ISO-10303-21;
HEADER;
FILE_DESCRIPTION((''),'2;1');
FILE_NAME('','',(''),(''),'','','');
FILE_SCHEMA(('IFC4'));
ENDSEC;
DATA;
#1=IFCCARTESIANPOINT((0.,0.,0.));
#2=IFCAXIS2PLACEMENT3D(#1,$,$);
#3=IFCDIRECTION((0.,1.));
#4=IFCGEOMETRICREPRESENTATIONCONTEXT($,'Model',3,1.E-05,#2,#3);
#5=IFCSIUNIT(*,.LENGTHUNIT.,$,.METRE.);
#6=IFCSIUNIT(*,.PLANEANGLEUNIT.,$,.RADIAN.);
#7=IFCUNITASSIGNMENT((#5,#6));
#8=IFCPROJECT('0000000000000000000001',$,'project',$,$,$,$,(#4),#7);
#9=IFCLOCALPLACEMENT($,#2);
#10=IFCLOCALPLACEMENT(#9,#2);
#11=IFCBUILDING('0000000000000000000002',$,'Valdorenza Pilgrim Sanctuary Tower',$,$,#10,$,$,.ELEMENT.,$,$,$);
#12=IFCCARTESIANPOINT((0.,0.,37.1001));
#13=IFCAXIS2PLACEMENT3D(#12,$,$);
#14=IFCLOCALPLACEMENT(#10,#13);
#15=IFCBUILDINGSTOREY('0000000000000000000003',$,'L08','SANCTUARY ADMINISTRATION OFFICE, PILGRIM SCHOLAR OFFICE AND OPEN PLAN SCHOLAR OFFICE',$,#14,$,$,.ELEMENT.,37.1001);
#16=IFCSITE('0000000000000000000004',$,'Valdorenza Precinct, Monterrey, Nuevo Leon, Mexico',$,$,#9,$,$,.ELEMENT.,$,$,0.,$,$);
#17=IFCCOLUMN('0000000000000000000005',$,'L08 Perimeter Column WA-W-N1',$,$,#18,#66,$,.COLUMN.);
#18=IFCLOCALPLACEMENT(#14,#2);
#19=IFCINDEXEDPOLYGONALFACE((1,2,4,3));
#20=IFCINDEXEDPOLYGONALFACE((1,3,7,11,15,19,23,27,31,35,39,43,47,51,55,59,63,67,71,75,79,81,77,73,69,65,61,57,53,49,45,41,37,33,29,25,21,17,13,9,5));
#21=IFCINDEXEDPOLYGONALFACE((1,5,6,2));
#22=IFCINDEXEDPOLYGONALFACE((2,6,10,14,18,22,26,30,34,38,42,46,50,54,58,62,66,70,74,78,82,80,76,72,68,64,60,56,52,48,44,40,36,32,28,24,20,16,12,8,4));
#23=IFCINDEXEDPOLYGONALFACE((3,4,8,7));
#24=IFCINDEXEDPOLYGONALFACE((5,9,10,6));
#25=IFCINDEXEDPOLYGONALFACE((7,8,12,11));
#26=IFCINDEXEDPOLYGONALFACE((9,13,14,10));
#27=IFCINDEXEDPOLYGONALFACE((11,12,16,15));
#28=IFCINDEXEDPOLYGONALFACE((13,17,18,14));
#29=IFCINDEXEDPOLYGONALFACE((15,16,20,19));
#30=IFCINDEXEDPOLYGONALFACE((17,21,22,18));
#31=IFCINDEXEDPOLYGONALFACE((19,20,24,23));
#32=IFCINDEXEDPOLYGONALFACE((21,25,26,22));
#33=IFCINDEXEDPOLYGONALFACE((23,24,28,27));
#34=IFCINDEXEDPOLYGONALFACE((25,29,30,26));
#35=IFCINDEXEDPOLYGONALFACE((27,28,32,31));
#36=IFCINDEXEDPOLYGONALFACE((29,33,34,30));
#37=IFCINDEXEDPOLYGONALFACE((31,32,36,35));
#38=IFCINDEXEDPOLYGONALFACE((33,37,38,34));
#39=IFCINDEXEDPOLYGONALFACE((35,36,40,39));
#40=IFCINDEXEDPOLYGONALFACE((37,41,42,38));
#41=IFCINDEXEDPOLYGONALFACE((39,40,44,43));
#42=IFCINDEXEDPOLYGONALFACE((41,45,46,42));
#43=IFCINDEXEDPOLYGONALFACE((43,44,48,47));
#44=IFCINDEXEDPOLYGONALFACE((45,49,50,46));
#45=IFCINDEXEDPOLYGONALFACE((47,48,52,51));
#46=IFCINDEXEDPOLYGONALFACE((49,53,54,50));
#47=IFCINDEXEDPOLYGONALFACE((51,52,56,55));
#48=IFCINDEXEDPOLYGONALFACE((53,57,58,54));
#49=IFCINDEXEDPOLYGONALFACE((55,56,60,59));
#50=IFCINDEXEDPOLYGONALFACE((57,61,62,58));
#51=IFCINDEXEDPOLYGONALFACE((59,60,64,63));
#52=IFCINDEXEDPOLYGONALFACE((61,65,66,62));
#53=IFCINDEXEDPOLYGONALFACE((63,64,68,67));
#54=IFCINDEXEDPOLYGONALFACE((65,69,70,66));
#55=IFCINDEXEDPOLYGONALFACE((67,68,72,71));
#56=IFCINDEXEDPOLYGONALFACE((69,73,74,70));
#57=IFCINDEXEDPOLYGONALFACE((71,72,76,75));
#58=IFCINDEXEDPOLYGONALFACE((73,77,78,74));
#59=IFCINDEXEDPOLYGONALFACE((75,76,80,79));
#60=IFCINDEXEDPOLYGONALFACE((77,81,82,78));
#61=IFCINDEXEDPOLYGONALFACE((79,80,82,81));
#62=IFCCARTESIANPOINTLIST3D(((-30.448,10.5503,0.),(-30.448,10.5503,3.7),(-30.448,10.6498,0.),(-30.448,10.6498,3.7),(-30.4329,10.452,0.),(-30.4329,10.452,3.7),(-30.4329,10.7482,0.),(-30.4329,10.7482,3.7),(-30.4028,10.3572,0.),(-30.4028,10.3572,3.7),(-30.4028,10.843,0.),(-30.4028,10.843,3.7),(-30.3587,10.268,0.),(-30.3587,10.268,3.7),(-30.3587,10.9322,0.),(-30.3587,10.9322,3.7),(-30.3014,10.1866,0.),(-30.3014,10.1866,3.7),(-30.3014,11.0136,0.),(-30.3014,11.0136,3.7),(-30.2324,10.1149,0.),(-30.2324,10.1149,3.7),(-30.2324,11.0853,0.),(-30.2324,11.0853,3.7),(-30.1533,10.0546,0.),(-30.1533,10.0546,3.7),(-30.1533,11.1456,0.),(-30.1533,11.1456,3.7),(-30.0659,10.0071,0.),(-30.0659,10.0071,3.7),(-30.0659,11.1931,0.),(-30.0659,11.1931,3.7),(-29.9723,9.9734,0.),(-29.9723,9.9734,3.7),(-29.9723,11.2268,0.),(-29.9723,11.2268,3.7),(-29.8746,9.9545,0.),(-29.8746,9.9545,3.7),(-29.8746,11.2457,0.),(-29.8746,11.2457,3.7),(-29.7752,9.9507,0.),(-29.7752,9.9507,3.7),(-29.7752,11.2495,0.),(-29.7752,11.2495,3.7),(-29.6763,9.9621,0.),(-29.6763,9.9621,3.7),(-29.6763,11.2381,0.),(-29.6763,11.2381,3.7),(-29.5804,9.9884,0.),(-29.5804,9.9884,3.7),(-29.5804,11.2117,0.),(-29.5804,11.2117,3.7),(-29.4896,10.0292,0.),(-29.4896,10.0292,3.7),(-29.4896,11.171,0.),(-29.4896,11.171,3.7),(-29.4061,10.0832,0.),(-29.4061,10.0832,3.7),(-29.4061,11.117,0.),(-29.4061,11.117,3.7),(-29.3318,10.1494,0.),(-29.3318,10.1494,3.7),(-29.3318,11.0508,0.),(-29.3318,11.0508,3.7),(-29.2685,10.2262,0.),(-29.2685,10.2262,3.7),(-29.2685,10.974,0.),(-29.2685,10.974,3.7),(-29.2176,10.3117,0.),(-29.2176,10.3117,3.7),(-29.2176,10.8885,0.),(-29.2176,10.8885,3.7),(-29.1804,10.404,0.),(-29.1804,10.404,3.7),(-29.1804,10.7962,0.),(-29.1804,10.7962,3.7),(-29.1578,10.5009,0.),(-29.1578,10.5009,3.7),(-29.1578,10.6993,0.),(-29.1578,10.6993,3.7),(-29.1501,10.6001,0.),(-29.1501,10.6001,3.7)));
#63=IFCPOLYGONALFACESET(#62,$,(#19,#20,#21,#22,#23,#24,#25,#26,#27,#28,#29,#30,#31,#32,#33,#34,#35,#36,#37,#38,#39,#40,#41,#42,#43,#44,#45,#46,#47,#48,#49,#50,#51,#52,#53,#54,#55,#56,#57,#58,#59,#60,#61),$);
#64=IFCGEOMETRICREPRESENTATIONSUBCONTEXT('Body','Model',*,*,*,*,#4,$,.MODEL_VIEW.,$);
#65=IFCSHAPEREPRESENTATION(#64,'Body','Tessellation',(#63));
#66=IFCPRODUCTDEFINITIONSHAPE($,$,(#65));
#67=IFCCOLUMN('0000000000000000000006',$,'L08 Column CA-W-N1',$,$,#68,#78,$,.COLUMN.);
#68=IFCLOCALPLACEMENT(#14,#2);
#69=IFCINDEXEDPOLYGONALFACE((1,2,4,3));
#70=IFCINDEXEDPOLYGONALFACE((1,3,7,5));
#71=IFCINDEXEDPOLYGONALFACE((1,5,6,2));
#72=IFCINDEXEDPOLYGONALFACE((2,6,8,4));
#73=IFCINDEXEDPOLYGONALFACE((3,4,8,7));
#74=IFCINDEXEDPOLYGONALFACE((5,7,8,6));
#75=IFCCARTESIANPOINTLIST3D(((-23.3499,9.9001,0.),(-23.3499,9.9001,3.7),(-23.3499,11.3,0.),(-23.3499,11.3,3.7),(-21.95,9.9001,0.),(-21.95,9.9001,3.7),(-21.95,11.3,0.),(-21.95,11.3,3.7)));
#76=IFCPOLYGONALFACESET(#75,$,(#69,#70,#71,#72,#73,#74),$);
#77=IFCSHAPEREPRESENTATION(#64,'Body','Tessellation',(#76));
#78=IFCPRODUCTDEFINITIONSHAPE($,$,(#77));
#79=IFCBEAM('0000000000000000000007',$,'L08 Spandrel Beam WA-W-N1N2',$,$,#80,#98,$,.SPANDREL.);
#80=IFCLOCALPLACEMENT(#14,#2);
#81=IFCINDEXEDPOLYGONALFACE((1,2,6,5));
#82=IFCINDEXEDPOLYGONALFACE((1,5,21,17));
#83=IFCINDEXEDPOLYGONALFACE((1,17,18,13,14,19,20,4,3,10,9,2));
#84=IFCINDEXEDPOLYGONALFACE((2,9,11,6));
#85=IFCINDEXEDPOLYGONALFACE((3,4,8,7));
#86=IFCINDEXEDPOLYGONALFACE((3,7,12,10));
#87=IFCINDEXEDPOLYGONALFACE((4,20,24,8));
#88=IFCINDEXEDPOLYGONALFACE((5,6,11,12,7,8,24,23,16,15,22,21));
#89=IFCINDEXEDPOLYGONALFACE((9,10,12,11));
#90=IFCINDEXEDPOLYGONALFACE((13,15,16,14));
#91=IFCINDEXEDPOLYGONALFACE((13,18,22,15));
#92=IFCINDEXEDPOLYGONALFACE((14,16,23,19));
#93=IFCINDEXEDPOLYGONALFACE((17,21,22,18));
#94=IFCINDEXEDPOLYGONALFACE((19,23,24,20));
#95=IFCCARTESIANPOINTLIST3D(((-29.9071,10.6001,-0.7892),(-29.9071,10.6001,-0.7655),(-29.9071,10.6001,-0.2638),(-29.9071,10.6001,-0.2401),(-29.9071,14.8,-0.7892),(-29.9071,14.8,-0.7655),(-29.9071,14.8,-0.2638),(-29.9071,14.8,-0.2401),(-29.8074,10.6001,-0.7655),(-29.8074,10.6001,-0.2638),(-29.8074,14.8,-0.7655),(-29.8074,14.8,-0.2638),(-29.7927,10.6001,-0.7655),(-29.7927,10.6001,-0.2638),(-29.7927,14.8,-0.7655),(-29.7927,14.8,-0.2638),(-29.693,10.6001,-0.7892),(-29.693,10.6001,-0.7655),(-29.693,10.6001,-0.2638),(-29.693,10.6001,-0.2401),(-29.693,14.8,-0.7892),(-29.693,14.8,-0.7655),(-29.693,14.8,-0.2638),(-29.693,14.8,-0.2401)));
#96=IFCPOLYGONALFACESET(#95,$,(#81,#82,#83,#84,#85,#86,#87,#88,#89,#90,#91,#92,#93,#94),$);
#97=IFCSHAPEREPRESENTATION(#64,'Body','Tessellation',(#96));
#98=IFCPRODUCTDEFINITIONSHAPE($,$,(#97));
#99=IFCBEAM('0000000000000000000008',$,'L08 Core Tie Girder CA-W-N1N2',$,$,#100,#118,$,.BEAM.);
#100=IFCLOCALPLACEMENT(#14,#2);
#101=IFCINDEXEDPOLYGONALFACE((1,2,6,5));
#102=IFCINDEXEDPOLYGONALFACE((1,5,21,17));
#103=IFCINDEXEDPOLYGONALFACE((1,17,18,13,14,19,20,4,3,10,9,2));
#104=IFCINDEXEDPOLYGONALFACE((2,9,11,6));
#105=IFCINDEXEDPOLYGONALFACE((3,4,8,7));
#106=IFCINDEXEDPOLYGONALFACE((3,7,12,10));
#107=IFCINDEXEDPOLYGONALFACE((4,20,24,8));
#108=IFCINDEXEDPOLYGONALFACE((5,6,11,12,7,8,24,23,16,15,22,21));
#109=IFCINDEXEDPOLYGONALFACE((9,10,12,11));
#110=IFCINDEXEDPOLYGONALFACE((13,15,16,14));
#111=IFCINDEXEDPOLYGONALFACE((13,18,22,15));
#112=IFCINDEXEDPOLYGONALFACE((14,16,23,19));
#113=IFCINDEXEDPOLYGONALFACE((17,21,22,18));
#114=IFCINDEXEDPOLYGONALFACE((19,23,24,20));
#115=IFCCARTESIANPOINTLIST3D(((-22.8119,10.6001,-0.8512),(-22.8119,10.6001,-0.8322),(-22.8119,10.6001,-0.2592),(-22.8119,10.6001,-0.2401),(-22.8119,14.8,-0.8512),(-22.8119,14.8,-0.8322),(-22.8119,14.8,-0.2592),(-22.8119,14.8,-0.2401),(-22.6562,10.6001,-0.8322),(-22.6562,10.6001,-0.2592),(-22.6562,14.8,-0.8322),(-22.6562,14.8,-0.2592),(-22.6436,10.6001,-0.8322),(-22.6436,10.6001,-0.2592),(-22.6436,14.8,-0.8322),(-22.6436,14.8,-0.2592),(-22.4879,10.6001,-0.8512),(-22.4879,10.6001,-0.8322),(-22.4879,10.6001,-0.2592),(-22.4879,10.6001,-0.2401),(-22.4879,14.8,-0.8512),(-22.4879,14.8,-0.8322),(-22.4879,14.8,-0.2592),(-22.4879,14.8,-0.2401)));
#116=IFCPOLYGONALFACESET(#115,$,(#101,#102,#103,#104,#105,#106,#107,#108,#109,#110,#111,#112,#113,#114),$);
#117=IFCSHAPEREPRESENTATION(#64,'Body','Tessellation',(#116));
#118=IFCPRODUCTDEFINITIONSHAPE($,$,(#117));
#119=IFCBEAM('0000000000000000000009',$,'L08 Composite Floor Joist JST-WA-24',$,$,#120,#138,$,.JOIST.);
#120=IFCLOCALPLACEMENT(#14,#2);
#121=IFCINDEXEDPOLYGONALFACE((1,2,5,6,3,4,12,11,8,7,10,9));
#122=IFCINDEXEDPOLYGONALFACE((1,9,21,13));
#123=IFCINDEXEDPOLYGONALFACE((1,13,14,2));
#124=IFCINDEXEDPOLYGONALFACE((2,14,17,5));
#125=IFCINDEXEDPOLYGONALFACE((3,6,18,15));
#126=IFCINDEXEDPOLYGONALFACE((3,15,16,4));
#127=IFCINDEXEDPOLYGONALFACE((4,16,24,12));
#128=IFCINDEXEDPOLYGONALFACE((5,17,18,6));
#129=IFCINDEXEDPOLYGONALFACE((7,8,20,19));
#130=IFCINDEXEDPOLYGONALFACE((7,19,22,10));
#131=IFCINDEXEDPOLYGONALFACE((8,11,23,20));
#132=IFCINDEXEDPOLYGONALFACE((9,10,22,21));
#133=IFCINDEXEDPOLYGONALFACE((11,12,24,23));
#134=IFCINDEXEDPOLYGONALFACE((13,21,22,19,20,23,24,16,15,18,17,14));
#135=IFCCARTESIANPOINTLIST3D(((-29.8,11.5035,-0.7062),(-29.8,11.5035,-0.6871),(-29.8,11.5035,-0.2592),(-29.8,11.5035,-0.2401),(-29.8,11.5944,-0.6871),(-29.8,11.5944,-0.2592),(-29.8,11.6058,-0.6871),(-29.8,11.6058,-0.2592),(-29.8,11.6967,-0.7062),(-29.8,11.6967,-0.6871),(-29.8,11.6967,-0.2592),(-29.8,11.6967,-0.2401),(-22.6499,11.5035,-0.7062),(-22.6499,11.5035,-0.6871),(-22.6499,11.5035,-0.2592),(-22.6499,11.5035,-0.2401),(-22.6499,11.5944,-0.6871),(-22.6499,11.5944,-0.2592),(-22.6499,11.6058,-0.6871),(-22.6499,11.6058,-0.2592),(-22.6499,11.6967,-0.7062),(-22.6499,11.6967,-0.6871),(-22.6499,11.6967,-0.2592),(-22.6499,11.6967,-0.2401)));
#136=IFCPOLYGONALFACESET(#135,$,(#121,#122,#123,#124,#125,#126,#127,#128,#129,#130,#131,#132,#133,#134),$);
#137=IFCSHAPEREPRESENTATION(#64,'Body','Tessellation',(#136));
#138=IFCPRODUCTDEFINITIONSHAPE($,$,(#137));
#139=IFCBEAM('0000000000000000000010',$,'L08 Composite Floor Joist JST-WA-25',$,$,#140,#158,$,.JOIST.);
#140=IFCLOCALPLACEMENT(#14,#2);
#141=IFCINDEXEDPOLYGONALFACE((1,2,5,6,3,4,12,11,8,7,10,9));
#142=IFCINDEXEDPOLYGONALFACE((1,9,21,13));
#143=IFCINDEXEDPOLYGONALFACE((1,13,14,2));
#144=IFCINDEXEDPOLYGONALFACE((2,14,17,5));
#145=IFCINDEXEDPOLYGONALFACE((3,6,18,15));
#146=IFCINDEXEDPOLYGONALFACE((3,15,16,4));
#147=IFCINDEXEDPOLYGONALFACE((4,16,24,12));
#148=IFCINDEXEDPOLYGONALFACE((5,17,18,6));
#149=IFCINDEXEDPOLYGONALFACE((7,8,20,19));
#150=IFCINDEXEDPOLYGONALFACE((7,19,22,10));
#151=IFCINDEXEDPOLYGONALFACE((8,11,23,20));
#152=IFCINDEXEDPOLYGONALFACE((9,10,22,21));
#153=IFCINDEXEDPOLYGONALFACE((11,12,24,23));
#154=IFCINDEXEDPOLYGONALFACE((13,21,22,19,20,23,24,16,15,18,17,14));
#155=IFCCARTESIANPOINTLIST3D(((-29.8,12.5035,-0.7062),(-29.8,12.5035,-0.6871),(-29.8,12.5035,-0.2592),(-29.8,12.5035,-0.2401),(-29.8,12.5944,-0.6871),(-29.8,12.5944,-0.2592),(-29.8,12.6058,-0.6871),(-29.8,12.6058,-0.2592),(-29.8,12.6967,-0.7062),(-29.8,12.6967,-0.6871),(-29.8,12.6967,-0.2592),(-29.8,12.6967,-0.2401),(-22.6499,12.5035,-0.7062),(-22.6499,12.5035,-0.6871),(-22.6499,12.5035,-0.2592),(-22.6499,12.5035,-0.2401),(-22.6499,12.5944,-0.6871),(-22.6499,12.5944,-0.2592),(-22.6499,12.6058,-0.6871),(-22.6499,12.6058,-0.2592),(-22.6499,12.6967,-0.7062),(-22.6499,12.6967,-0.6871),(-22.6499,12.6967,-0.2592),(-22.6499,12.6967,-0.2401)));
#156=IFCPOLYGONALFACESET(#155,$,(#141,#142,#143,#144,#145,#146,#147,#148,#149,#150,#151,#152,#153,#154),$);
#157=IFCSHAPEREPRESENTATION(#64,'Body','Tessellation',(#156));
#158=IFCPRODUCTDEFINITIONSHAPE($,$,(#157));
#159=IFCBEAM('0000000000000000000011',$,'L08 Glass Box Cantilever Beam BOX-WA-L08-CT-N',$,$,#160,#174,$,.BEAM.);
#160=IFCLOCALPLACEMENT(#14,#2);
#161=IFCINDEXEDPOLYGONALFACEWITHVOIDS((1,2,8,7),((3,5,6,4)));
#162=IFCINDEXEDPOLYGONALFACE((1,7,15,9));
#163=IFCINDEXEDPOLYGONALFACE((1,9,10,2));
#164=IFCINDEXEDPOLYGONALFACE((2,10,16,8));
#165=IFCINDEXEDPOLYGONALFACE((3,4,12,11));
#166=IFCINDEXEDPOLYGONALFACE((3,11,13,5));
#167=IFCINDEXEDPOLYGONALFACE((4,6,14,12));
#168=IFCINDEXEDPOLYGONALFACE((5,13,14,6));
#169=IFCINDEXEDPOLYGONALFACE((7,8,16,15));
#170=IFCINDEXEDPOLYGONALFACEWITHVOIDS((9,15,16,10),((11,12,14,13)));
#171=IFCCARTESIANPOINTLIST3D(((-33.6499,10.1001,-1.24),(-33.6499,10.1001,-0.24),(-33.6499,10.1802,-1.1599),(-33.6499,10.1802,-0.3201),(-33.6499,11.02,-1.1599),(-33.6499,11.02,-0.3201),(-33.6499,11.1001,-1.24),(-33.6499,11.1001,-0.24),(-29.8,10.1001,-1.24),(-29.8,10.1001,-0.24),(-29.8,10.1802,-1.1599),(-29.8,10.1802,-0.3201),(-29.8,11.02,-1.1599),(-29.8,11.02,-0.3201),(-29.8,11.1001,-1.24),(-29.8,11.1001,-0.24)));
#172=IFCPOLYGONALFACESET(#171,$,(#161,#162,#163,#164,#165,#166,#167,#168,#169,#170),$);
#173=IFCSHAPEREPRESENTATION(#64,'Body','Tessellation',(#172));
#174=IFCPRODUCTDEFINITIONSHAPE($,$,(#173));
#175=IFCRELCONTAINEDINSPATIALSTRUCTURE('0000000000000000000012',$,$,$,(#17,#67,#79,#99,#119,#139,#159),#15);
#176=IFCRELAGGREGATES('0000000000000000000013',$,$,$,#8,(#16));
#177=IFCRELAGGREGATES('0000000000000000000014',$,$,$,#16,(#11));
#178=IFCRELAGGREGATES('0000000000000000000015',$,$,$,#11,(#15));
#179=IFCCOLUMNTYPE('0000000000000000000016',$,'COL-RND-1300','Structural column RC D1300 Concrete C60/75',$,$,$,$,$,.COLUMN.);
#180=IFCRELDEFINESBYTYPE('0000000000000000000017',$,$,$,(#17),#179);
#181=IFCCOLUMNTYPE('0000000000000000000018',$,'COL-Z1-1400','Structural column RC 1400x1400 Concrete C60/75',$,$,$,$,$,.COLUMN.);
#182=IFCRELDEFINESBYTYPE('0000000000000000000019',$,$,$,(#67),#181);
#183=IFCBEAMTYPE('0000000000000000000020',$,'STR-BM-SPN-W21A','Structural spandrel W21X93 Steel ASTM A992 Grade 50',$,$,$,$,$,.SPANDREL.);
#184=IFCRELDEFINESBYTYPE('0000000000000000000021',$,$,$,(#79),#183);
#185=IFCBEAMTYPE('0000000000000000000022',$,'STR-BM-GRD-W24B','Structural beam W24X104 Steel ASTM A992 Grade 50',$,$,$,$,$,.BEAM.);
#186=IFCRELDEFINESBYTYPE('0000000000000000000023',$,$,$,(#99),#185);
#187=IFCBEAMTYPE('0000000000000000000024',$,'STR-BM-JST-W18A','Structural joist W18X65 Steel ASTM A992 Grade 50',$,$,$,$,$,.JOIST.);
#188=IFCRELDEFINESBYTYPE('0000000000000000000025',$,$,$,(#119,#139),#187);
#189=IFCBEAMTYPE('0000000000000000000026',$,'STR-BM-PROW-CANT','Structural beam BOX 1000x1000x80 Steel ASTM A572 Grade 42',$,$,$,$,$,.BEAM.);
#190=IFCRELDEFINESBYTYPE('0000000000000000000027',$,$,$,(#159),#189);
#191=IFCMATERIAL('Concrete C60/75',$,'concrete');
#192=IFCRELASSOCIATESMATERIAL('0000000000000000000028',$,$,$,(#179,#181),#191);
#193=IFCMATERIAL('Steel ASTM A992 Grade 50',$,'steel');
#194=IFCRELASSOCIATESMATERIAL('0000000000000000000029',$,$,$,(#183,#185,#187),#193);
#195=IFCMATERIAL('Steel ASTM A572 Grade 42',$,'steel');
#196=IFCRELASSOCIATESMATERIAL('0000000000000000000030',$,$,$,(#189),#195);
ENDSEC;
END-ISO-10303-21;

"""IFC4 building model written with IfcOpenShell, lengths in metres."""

from ifc_helpers import new_model, si_unit, direction, frame, origin, origin_2d, place, context, subcontext, project, spatial, rectangle, hollow_rectangle, circle, i_section, extrude, source, transform, mapped, material, material_profile, profile_set, type_object, element, save


model = new_model("IFC4")

# Units and contexts
model_context = context("Model", 3, precision=1e-05, world=origin(), true_north=direction((0.0, 1.0)))
body_context = subcontext(model_context, "Body", "Model", "MODEL_VIEW")
ifc_project = project(units=[si_unit("LENGTHUNIT", "METRE"), si_unit("PLANEANGLEUNIT", "RADIAN")], contexts=[model_context])

# Site, building, storey
site_placement = place(None, origin())
site = spatial("IfcSite", under=ifc_project, at=site_placement, Name="Valdorenza Precinct, Monterrey, Nuevo Leon, Mexico", CompositionType="ELEMENT", RefElevation=0.0)
building_placement = place(site_placement, origin())
building = spatial("IfcBuilding", under=site, at=building_placement, Name="Valdorenza Pilgrim Sanctuary Tower", CompositionType="ELEMENT")
storey_placement = place(building_placement, frame((0.0, 0.0, 37.1001)))
storey = spatial("IfcBuildingStorey", under=building, at=storey_placement, Name="L08", Description="SANCTUARY ADMINISTRATION OFFICE, PILGRIM SCHOLAR OFFICE AND OPEN PLAN SCHOLAR OFFICE", CompositionType="ELEMENT", Elevation=37.1001)

# Columns
ifc_material_1 = material(Name="Concrete C60/75", Category="concrete")
ifc_material_profile_1 = material_profile(ifc_material_1, circle(Radius=0.6499, at=origin_2d()), Name="RC D1300")
ifc_profile_set_1 = profile_set([ifc_material_profile_1], Name="Concrete C60/75")
column_type_1 = type_object("IfcColumnType", Name="COL-RND-1300", Description="Structural column RC D1300 Concrete C60/75", PredefinedType="COLUMN", material=ifc_profile_set_1)
shared_shape_1 = source(origin(), body_context, "Body", "SweptSolid", [
    extrude(circle(Radius=0.6499, at=origin_2d()), origin(), (0.0, 0.0, 1.0), 3.7),
])
column_1_placement = place(storey_placement, frame((-29.8, 10.6001, 0.0), z_axis=(0.0, 0.0, 1.0), x_axis=(1.0, 0.0, 0.0)))
element("IfcColumn", 1, at=column_1_placement, inside=storey, type_object=column_type_1, Name="L08 Perimeter Column WA-W-N1", PredefinedType="COLUMN", context=body_context, shape_type="MappedRepresentation", body=[
    mapped(shared_shape_1, transform((0.0, 0.0, 0.0), x_axis=(1.0, 0.0, 0.0), y_axis=(0.0, 1.0, 0.0), z_axis=(0.0, 0.0, 1.0), scale=1.0)),
])
ifc_material_profile_2 = material_profile(ifc_material_1, rectangle(XDim=1.3999, YDim=1.3999, at=origin_2d()), Name="RC 1400x1400")
ifc_profile_set_2 = profile_set([ifc_material_profile_2], Name="Concrete C60/75")
column_type_2 = type_object("IfcColumnType", Name="COL-Z1-1400", Description="Structural column RC 1400x1400 Concrete C60/75", PredefinedType="COLUMN", material=ifc_profile_set_2)
shared_shape_2 = source(origin(), body_context, "Body", "SweptSolid", [
    extrude(rectangle(XDim=1.3999, YDim=1.3999, at=origin_2d()), origin(), (0.0, 0.0, 1.0), 3.7),
])
column_2_placement = place(storey_placement, frame((-22.6499, 10.6001, 0.0), z_axis=(0.0, 0.0, 1.0), x_axis=(1.0, 0.0, 0.0)))
element("IfcColumn", 2, at=column_2_placement, inside=storey, type_object=column_type_2, Name="L08 Column CA-W-N1", PredefinedType="COLUMN", context=body_context, shape_type="MappedRepresentation", body=[
    mapped(shared_shape_2, transform((0.0, 0.0, 0.0), x_axis=(1.0, 0.0, 0.0), y_axis=(0.0, 1.0, 0.0), z_axis=(0.0, 0.0, 1.0), scale=1.0)),
])

# Beams
ifc_material_2 = material(Name="Steel ASTM A992 Grade 50", Category="steel")
ifc_material_profile_3 = material_profile(ifc_material_2, i_section(OverallWidth=0.2141, OverallDepth=0.5491, WebThickness=0.0146, FlangeThickness=0.0237, at=origin_2d()), Name="W21X93")
ifc_profile_set_3 = profile_set([ifc_material_profile_3], Name="Steel ASTM A992 Grade 50")
beam_type_1 = type_object("IfcBeamType", Name="STR-BM-SPN-W21A", Description="Structural spandrel W21X93 Steel ASTM A992 Grade 50", PredefinedType="SPANDREL", material=ifc_profile_set_3)
shared_shape_3 = source(origin(), body_context, "Body", "SweptSolid", [
    extrude(i_section(OverallWidth=0.2141, OverallDepth=0.5491, WebThickness=0.0146, FlangeThickness=0.0237, at=origin_2d()), origin(), (0.0, 0.0, 1.0), 4.2),
])
beam_1_placement = place(storey_placement, frame((-29.8, 10.6001, -0.5146), z_axis=(0.0, 1.0, 0.0), x_axis=(-1.0, 0.0, 0.0)))
element("IfcBeam", 3, at=beam_1_placement, inside=storey, type_object=beam_type_1, Name="L08 Spandrel Beam WA-W-N1N2", PredefinedType="SPANDREL", context=body_context, shape_type="MappedRepresentation", body=[
    mapped(shared_shape_3, transform((0.0, 0.0, 0.0), x_axis=(1.0, 0.0, 0.0), y_axis=(0.0, 1.0, 0.0), z_axis=(0.0, 0.0, 1.0), scale=1.0)),
])
ifc_material_profile_4 = material_profile(ifc_material_2, i_section(OverallWidth=0.324, OverallDepth=0.6111, WebThickness=0.0127, FlangeThickness=0.019, at=origin_2d()), Name="W24X104")
ifc_profile_set_4 = profile_set([ifc_material_profile_4], Name="Steel ASTM A992 Grade 50")
beam_type_2 = type_object("IfcBeamType", Name="STR-BM-GRD-W24B", Description="Structural beam W24X104 Steel ASTM A992 Grade 50", PredefinedType="BEAM", material=ifc_profile_set_4)
shared_shape_4 = source(origin(), body_context, "Body", "SweptSolid", [
    extrude(i_section(OverallWidth=0.324, OverallDepth=0.6111, WebThickness=0.0127, FlangeThickness=0.019, at=origin_2d()), origin(), (0.0, 0.0, 1.0), 4.2),
])
beam_2_placement = place(storey_placement, frame((-22.6499, 10.6001, -0.5457), z_axis=(0.0, 1.0, 0.0), x_axis=(-1.0, 0.0, 0.0)))
element("IfcBeam", 4, at=beam_2_placement, inside=storey, type_object=beam_type_2, Name="L08 Core Tie Girder CA-W-N1N2", PredefinedType="BEAM", context=body_context, shape_type="MappedRepresentation", body=[
    mapped(shared_shape_4, transform((0.0, 0.0, 0.0), x_axis=(1.0, 0.0, 0.0), y_axis=(0.0, 1.0, 0.0), z_axis=(0.0, 0.0, 1.0), scale=1.0)),
])
ifc_material_profile_5 = material_profile(ifc_material_2, i_section(OverallWidth=0.1931, OverallDepth=0.4661, WebThickness=0.0115, FlangeThickness=0.019, at=origin_2d()), Name="W18X65")
ifc_profile_set_5 = profile_set([ifc_material_profile_5], Name="Steel ASTM A992 Grade 50")
beam_type_3 = type_object("IfcBeamType", Name="STR-BM-JST-W18A", Description="Structural joist W18X65 Steel ASTM A992 Grade 50", PredefinedType="JOIST", material=ifc_profile_set_5)
shared_shape_5 = source(origin(), body_context, "Body", "SweptSolid", [
    extrude(i_section(OverallWidth=0.1931, OverallDepth=0.4661, WebThickness=0.0115, FlangeThickness=0.019, at=origin_2d()), origin(), (0.0, 0.0, 1.0), 7.1501),
])
for number, where, z_axis, x_axis, name in (
    (5, (-29.8, 11.6001, -0.4731), (1.0, 0.0, 0.0), (0.0, 1.0, 0.0), "L08 Composite Floor Joist JST-WA-24"),
    (6, (-29.8, 12.6001, -0.4731), (1.0, 0.0, 0.0), (0.0, 1.0, 0.0), "L08 Composite Floor Joist JST-WA-25"),
):
    element("IfcBeam", number, at=place(storey_placement, frame(where, z_axis=z_axis, x_axis=x_axis)), inside=storey, type_object=beam_type_3, Name=name, PredefinedType="JOIST", context=body_context, shape_type="MappedRepresentation", body=[
        mapped(shared_shape_5, transform((0.0, 0.0, 0.0), x_axis=(1.0, 0.0, 0.0), y_axis=(0.0, 1.0, 0.0), z_axis=(0.0, 0.0, 1.0), scale=1.0)),
    ])
ifc_material_3 = material(Name="Steel ASTM A572 Grade 42", Category="steel")
ifc_material_profile_6 = material_profile(ifc_material_3, hollow_rectangle(XDim=1.0, YDim=1.0, WallThickness=0.0801, at=origin_2d()), Name="BOX 1000x1000x80")
ifc_profile_set_6 = profile_set([ifc_material_profile_6], Name="Steel ASTM A572 Grade 42")
beam_type_4 = type_object("IfcBeamType", Name="STR-BM-PROW-CANT", Description="Structural beam BOX 1000x1000x80 Steel ASTM A572 Grade 42", PredefinedType="BEAM", material=ifc_profile_set_6)
shared_shape_6 = source(origin(), body_context, "Body", "SweptSolid", [
    extrude(hollow_rectangle(XDim=1.0, YDim=1.0, WallThickness=0.0801, at=origin_2d()), origin(), (0.0, 0.0, 1.0), 3.8499),
])
beam_3_placement = place(storey_placement, frame((-29.8, 10.6001, -0.74), z_axis=(-1.0, 0.0, 0.0), x_axis=(0.0, -1.0, 0.0)))
element("IfcBeam", 7, at=beam_3_placement, inside=storey, type_object=beam_type_4, Name="L08 Glass Box Cantilever Beam BOX-WA-L08-CT-N", PredefinedType="BEAM", context=body_context, shape_type="MappedRepresentation", body=[
    mapped(shared_shape_6, transform((0.0, 0.0, 0.0), x_axis=(1.0, 0.0, 0.0), y_axis=(0.0, 1.0, 0.0), z_axis=(0.0, 0.0, 1.0), scale=1.0)),
])

save(model, "model.ifc")
